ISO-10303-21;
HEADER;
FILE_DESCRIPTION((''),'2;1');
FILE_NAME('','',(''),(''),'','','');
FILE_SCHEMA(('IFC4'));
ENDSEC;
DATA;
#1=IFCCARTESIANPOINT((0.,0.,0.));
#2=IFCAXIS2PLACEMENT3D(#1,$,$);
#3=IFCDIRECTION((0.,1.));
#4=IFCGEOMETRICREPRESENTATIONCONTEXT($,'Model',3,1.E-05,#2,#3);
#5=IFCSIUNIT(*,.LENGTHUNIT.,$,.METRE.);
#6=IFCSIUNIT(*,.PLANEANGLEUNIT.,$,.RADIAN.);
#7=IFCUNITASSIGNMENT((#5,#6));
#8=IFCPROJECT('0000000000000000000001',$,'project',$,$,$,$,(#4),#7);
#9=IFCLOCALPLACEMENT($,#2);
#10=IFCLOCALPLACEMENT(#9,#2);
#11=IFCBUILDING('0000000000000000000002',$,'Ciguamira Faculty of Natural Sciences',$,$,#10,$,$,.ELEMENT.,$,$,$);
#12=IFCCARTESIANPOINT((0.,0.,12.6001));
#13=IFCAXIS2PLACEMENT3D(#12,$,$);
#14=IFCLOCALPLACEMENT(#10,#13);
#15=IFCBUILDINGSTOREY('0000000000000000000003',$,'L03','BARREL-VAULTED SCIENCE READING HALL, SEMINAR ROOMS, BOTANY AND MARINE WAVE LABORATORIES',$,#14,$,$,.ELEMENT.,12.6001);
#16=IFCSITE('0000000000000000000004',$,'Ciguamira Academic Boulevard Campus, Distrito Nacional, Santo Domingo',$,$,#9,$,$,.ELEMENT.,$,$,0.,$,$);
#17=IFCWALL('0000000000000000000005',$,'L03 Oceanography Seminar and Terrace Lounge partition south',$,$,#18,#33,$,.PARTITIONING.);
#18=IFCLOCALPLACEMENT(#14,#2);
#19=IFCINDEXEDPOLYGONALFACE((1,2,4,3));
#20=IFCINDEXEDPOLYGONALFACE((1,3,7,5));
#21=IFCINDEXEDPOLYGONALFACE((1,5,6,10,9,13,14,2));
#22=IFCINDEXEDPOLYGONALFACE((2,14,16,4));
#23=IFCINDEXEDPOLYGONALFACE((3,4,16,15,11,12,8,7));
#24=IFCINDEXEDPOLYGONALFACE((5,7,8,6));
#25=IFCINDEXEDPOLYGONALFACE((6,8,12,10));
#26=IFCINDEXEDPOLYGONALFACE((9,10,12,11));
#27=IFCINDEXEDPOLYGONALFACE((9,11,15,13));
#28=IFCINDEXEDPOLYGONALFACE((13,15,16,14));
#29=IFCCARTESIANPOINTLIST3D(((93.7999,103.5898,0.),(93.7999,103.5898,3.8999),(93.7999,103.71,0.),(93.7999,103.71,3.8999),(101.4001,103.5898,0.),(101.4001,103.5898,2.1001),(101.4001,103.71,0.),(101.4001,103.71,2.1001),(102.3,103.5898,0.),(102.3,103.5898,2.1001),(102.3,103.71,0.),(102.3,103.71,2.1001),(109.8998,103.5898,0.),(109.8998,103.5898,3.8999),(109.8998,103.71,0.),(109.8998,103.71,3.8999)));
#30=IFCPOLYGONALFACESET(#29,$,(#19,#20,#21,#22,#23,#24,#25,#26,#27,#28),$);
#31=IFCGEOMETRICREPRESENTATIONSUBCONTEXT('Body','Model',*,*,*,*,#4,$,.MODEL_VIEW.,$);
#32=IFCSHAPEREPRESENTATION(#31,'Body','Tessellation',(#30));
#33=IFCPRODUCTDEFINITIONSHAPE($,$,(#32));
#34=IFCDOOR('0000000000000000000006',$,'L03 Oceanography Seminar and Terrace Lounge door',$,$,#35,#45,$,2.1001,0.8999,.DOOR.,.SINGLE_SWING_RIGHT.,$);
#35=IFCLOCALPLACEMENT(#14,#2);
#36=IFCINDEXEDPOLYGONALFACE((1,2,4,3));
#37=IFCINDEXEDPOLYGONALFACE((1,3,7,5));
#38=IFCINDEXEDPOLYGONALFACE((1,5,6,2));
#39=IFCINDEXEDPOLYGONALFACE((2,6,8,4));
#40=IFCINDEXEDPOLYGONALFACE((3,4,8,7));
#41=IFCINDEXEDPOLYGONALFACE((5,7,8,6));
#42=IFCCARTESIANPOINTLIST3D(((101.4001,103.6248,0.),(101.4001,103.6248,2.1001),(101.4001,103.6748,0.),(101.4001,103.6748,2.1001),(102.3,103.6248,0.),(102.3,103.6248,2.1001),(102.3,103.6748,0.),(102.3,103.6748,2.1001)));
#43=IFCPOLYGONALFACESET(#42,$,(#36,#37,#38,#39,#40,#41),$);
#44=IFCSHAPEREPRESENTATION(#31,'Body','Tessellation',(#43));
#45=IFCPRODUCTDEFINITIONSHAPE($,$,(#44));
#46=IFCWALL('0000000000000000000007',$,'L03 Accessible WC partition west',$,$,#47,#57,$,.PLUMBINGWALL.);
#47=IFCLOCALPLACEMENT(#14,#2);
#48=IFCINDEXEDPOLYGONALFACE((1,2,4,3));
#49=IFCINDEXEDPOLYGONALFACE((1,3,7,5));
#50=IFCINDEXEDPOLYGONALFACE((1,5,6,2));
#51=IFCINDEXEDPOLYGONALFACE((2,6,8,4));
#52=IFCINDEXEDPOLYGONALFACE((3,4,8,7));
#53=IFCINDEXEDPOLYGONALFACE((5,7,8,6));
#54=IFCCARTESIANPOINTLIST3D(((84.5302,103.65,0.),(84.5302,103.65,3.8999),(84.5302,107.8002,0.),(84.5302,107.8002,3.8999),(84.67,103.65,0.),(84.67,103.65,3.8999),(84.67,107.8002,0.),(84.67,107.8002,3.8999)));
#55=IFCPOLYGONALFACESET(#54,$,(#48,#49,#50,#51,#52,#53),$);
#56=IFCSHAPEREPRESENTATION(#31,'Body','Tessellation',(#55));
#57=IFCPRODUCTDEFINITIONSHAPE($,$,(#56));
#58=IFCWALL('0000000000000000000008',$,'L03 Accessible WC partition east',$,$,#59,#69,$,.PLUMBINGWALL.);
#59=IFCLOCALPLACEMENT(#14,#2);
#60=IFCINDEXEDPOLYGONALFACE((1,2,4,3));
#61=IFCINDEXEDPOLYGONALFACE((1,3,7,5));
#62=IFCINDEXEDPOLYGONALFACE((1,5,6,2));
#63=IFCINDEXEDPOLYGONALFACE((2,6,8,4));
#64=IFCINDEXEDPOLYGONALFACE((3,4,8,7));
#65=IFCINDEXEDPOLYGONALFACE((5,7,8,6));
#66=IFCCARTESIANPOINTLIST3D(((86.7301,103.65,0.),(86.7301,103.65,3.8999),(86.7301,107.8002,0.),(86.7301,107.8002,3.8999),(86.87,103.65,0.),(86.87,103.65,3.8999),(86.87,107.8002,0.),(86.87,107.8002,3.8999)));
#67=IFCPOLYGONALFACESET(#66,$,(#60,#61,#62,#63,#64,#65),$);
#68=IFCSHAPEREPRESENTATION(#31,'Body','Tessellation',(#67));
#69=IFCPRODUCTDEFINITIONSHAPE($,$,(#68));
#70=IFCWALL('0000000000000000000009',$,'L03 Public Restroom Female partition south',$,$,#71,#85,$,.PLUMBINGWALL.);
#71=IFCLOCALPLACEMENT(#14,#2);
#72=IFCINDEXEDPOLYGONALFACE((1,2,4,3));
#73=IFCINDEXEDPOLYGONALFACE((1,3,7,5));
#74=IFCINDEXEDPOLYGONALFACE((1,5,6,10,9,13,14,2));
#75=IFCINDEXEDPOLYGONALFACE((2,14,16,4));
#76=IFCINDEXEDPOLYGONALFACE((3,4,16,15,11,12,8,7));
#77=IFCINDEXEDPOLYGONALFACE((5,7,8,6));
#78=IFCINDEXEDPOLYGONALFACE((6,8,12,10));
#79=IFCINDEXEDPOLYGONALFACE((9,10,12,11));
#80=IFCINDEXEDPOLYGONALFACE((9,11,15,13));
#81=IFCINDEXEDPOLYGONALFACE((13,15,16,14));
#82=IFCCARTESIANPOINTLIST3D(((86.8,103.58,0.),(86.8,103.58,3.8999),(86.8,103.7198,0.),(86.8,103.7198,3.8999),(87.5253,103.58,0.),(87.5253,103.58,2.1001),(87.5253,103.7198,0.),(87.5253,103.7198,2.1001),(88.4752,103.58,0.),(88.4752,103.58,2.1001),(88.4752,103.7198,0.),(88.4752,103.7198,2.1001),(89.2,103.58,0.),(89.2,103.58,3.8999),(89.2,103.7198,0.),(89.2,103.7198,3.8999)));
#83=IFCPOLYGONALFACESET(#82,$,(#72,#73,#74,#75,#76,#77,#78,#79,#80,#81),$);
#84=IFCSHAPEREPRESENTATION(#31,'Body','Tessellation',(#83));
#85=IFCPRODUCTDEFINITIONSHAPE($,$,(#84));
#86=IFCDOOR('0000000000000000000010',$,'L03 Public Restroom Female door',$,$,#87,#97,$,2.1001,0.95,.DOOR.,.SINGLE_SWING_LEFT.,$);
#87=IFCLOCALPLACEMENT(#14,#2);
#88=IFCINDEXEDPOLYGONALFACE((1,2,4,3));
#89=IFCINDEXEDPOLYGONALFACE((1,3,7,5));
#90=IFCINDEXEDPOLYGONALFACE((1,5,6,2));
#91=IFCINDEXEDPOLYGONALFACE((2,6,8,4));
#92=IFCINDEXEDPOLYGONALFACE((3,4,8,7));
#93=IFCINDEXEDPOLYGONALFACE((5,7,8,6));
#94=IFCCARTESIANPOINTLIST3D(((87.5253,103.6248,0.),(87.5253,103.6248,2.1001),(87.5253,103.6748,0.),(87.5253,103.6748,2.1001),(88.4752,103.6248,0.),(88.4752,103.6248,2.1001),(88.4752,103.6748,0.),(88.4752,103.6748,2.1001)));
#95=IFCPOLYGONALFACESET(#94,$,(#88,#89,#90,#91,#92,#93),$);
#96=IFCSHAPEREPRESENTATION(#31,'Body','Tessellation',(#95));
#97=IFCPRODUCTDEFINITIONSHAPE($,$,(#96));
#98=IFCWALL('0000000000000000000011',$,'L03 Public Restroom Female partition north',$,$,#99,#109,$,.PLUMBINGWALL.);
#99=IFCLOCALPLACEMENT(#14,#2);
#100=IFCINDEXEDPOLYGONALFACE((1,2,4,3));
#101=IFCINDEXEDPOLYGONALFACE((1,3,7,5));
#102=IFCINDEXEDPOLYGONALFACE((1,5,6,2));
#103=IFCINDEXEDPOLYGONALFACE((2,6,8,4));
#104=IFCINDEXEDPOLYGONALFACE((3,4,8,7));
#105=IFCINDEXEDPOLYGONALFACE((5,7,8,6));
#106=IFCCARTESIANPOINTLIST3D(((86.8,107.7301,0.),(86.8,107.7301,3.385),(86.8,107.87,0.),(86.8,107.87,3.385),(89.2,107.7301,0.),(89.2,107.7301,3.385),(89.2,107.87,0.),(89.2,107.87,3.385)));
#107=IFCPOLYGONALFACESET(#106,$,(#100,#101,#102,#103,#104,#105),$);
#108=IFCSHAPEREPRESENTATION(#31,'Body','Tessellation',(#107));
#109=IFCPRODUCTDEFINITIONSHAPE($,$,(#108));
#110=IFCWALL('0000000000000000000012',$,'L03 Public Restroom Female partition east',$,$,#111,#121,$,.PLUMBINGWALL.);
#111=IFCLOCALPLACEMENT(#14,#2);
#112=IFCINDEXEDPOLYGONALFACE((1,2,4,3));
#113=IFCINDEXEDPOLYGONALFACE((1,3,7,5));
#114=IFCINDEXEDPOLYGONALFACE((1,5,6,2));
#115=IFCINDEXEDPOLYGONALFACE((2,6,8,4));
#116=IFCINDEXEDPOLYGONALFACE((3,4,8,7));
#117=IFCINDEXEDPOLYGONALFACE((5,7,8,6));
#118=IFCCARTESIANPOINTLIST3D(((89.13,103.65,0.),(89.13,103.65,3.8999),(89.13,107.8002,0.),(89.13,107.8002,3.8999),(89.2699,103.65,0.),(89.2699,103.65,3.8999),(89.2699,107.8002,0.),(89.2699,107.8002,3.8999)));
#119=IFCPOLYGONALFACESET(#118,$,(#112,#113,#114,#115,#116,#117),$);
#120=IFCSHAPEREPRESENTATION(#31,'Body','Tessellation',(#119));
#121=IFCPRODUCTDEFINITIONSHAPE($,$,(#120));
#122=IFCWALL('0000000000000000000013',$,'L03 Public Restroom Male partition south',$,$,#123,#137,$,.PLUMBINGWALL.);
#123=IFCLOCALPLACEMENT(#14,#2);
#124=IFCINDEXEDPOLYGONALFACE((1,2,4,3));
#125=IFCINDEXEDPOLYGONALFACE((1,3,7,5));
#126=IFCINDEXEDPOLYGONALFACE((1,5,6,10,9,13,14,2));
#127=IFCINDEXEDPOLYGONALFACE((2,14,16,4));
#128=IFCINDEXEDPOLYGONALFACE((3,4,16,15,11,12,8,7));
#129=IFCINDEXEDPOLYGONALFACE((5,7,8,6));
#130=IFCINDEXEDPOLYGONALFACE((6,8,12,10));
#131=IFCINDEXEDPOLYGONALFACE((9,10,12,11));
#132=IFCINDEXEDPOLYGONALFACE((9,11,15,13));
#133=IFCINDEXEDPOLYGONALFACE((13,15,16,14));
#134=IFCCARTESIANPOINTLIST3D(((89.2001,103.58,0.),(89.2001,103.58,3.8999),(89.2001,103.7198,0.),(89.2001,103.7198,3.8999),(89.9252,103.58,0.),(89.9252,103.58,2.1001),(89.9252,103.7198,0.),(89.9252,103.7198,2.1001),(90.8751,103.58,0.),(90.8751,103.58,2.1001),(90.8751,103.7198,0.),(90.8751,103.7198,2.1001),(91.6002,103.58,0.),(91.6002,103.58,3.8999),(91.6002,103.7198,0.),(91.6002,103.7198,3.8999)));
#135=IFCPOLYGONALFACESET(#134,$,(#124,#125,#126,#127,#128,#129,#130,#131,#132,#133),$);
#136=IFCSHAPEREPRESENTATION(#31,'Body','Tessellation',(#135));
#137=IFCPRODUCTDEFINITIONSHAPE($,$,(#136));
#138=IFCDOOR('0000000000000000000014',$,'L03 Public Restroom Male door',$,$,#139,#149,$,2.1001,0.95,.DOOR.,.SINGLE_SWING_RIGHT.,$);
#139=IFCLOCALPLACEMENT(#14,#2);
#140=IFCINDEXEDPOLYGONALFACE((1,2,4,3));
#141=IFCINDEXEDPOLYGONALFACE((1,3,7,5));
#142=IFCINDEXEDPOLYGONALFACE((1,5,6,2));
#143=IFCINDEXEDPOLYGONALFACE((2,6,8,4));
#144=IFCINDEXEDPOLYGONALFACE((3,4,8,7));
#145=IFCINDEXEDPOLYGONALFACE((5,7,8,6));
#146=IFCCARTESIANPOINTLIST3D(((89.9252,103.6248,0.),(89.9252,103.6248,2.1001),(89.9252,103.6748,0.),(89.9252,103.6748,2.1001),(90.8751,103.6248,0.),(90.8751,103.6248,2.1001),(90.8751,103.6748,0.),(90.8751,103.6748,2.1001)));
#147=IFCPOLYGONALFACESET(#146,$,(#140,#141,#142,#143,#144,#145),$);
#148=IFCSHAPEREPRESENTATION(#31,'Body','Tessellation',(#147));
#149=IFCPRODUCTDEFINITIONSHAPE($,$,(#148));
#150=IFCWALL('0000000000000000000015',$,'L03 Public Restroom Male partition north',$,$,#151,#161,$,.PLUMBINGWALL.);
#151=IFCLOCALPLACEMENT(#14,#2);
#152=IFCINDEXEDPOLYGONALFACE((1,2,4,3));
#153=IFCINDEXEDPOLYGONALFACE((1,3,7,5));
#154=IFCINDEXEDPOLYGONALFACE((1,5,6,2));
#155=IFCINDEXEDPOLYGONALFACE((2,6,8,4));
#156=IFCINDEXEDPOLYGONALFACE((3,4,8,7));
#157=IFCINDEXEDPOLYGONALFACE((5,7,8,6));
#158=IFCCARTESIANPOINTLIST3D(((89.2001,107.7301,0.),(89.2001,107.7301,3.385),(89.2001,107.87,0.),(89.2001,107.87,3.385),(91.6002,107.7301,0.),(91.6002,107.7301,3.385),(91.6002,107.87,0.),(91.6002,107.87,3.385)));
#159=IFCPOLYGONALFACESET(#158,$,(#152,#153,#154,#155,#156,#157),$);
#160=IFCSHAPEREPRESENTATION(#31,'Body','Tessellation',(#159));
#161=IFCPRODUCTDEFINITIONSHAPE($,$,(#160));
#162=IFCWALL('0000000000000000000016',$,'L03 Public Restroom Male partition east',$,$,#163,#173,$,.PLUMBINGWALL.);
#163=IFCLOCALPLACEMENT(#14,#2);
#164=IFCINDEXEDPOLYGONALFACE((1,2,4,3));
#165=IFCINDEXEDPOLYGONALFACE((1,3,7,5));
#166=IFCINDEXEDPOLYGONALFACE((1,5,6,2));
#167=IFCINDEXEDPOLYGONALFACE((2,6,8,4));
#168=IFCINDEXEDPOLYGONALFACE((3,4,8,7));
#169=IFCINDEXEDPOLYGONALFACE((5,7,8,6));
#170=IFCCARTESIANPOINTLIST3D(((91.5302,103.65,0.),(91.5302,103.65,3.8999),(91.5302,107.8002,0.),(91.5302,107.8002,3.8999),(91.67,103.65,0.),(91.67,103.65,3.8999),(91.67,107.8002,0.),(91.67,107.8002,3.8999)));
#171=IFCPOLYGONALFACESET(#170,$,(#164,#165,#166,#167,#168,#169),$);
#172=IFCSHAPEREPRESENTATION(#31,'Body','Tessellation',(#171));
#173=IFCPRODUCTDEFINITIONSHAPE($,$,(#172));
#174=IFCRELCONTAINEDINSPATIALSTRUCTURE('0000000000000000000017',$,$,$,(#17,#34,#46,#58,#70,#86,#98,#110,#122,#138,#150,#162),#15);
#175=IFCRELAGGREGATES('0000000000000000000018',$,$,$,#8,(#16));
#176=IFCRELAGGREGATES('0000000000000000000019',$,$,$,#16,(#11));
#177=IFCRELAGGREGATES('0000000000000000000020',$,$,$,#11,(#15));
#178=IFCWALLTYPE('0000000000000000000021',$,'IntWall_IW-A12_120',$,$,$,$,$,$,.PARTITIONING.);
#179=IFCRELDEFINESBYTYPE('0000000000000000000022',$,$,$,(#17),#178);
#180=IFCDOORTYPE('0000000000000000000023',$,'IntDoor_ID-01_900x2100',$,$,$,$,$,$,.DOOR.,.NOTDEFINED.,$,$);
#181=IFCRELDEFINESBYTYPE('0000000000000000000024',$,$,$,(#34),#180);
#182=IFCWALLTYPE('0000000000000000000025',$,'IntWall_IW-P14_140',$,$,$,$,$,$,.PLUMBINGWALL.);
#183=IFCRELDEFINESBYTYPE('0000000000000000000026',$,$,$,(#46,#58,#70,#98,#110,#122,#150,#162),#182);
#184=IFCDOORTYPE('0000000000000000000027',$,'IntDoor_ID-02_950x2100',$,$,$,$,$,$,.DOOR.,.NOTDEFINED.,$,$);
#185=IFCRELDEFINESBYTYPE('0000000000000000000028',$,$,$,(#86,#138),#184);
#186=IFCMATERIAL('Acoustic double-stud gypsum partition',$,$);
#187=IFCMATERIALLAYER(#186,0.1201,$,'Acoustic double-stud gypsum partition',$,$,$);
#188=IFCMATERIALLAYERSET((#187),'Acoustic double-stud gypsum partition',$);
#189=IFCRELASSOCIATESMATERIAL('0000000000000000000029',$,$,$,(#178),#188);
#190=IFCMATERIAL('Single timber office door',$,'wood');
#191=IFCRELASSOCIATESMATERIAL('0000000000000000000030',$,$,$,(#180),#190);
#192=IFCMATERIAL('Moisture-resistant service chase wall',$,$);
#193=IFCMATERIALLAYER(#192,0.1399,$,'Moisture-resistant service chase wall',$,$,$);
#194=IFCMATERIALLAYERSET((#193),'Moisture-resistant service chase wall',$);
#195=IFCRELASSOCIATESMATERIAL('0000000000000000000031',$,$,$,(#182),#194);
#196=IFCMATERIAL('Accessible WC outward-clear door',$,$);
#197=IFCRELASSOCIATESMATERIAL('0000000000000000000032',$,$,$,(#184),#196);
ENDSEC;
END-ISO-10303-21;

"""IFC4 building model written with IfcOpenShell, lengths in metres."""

from ifc_helpers import new_model, si_unit, direction, frame, frame_2d, origin, place, context, subcontext, project, spatial, rectangle, extrude, material, layer, layer_set, type_object, element, fill, save


model = new_model("IFC4")

# Units and contexts
model_context = context("Model", 3, precision=1e-05, world=origin(), true_north=direction((0.0, 1.0)))
body_context = subcontext(model_context, "Body", "Model", "MODEL_VIEW")
ifc_project = project(units=[si_unit("LENGTHUNIT", "METRE"), si_unit("PLANEANGLEUNIT", "RADIAN")], contexts=[model_context])

# Site, building, storey
site_placement = place(None, origin())
site = spatial("IfcSite", under=ifc_project, at=site_placement, Name="Ciguamira Academic Boulevard Campus, Distrito Nacional, Santo Domingo", CompositionType="ELEMENT", RefElevation=0.0)
building_placement = place(site_placement, origin())
building = spatial("IfcBuilding", under=site, at=building_placement, Name="Ciguamira Faculty of Natural Sciences", CompositionType="ELEMENT")
storey_placement = place(building_placement, frame((0.0, 0.0, 12.6001)))
storey = spatial("IfcBuildingStorey", under=building, at=storey_placement, Name="L03", Description="BARREL-VAULTED SCIENCE READING HALL, SEMINAR ROOMS, BOTANY AND MARINE WAVE LABORATORIES", CompositionType="ELEMENT", Elevation=12.6001)

# Wall, opening, door
ifc_material_1 = material(Name="Acoustic double-stud gypsum partition")
ifc_layer_1 = layer(ifc_material_1, 0.1201, Name="Acoustic double-stud gypsum partition")
ifc_layer_set_1 = layer_set([ifc_layer_1], Name="Acoustic double-stud gypsum partition")
wall_type_1 = type_object("IfcWallType", Name="IntWall_IW-A12_120", PredefinedType="PARTITIONING", material=ifc_layer_set_1)
wall_1_placement = place(storey_placement, frame((93.8, 103.6499, 0.0), z_axis=(0.0, 0.0, 1.0), x_axis=(1.0, 0.0, 0.0)))
wall_1 = element("IfcWall", 1, at=wall_1_placement, inside=storey, type_object=wall_type_1, Name="L03 Oceanography Seminar and Terrace Lounge partition south", PredefinedType="PARTITIONING", context=body_context, shape_type="SweptSolid", body=[
    extrude(rectangle(XDim=16.0999, YDim=0.1201, at=frame_2d((8.0498, 0.0))), origin(), (0.0, 0.0, 1.0), 3.8999),
])
opening_1_placement = place(wall_1_placement, frame((7.6001, 0.0, 0.0)))
opening_1 = element("IfcOpeningElement", 2, at=opening_1_placement, cuts=wall_1, PredefinedType="OPENING", context=body_context, shape_type="SweptSolid", body=[
    extrude(rectangle(XDim=0.8999, YDim=2.1001, at=frame_2d((0.45, 1.05))), frame((0.0, 0.0701, 0.0), z_axis=(0.0, -1.0, 0.0), x_axis=(1.0, 0.0, 0.0)), (0.0, 0.0, 1.0), 0.1401),
])
ifc_material_2 = material(Name="Single timber office door", Category="wood")
door_type_1 = type_object("IfcDoorType", Name="IntDoor_ID-01_900x2100", OperationType="NOTDEFINED", PredefinedType="DOOR", material=ifc_material_2)
door_1_placement = place(opening_1_placement, origin())
door_1 = element("IfcDoor", 3, at=door_1_placement, inside=storey, type_object=door_type_1, Name="L03 Oceanography Seminar and Terrace Lounge door", OperationType="SINGLE_SWING_RIGHT", OverallHeight=2.1001, OverallWidth=0.8999, PredefinedType="DOOR", context=body_context, shape_type="SweptSolid", body=[
    extrude(rectangle(XDim=0.8999, YDim=2.1001, at=frame_2d((0.45, 1.05))), frame((0.0, 0.0249, 0.0), z_axis=(0.0, -1.0, 0.0), x_axis=(1.0, 0.0, 0.0)), (0.0, 0.0, 1.0), 0.05),
])
fill(opening_1, door_1)

# Walls
ifc_material_3 = material(Name="Moisture-resistant service chase wall")
ifc_layer_2 = layer(ifc_material_3, 0.1399, Name="Moisture-resistant service chase wall")
ifc_layer_set_2 = layer_set([ifc_layer_2], Name="Moisture-resistant service chase wall")
wall_type_2 = type_object("IfcWallType", Name="IntWall_IW-P14_140", PredefinedType="PLUMBINGWALL", material=ifc_layer_set_2)
for number, where, z_axis, x_axis, name in (
    (4, (84.6001, 103.6499, 0.0), (0.0, 0.0, 1.0), (0.0, 1.0, 0.0), "L03 Accessible WC partition west"),
    (5, (86.8, 103.6499, 0.0), (0.0, 0.0, 1.0), (0.0, 1.0, 0.0), "L03 Accessible WC partition east"),
):
    element("IfcWall", number, at=place(storey_placement, frame(where, z_axis=z_axis, x_axis=x_axis)), inside=storey, type_object=wall_type_2, Name=name, PredefinedType="PLUMBINGWALL", context=body_context, shape_type="SweptSolid", body=[
        extrude(rectangle(XDim=4.1501, YDim=0.1399, at=frame_2d((2.0752, 0.0))), origin(), (0.0, 0.0, 1.0), 3.8999),
    ])

# Wall, opening, door
wall_2_placement = place(storey_placement, frame((86.8, 103.6499, 0.0), z_axis=(0.0, 0.0, 1.0), x_axis=(1.0, 0.0, 0.0)))
wall_2 = element("IfcWall", 6, at=wall_2_placement, inside=storey, type_object=wall_type_2, Name="L03 Public Restroom Female partition south", PredefinedType="PLUMBINGWALL", context=body_context, shape_type="SweptSolid", body=[
    extrude(rectangle(XDim=2.3999, YDim=0.1399, at=frame_2d((1.2, 0.0))), origin(), (0.0, 0.0, 1.0), 3.8999),
])
opening_2_placement = place(wall_2_placement, frame((0.7251, 0.0, 0.0)))
opening_2 = element("IfcOpeningElement", 7, at=opening_2_placement, cuts=wall_2, PredefinedType="OPENING", context=body_context, shape_type="SweptSolid", body=[
    extrude(rectangle(XDim=0.95, YDim=2.1001, at=frame_2d((0.4751, 1.05))), frame((0.0, 0.0798, 0.0), z_axis=(0.0, -1.0, 0.0), x_axis=(1.0, 0.0, 0.0)), (0.0, 0.0, 1.0), 0.1599),
])
ifc_material_4 = material(Name="Accessible WC outward-clear door")
door_type_2 = type_object("IfcDoorType", Name="IntDoor_ID-02_950x2100", OperationType="NOTDEFINED", PredefinedType="DOOR", material=ifc_material_4)
door_2_placement = place(opening_2_placement, origin())
door_2 = element("IfcDoor", 8, at=door_2_placement, inside=storey, type_object=door_type_2, Name="L03 Public Restroom Female door", OperationType="SINGLE_SWING_LEFT", OverallHeight=2.1001, OverallWidth=0.95, PredefinedType="DOOR", context=body_context, shape_type="SweptSolid", body=[
    extrude(rectangle(XDim=0.95, YDim=2.1001, at=frame_2d((0.4751, 1.05))), frame((0.0, 0.0249, 0.0), z_axis=(0.0, -1.0, 0.0), x_axis=(1.0, 0.0, 0.0)), (0.0, 0.0, 1.0), 0.05),
])
fill(opening_2, door_2)

# Walls
wall_3_placement = place(storey_placement, frame((86.8, 107.8, 0.0), z_axis=(0.0, 0.0, 1.0), x_axis=(1.0, 0.0, 0.0)))
element("IfcWall", 9, at=wall_3_placement, inside=storey, type_object=wall_type_2, Name="L03 Public Restroom Female partition north", PredefinedType="PLUMBINGWALL", context=body_context, shape_type="SweptSolid", body=[
    extrude(rectangle(XDim=2.3999, YDim=0.1399, at=frame_2d((1.2, 0.0))), origin(), (0.0, 0.0, 1.0), 3.385),
])
wall_4_placement = place(storey_placement, frame((89.2, 103.6499, 0.0), z_axis=(0.0, 0.0, 1.0), x_axis=(0.0, 1.0, 0.0)))
element("IfcWall", 10, at=wall_4_placement, inside=storey, type_object=wall_type_2, Name="L03 Public Restroom Female partition east", PredefinedType="PLUMBINGWALL", context=body_context, shape_type="SweptSolid", body=[
    extrude(rectangle(XDim=4.1501, YDim=0.1399, at=frame_2d((2.0752, 0.0))), origin(), (0.0, 0.0, 1.0), 3.8999),
])

# Wall, opening, door
wall_5_placement = place(storey_placement, frame((89.2, 103.6499, 0.0), z_axis=(0.0, 0.0, 1.0), x_axis=(1.0, 0.0, 0.0)))
wall_5 = element("IfcWall", 11, at=wall_5_placement, inside=storey, type_object=wall_type_2, Name="L03 Public Restroom Male partition south", PredefinedType="PLUMBINGWALL", context=body_context, shape_type="SweptSolid", body=[
    extrude(rectangle(XDim=2.4001, YDim=0.1399, at=frame_2d((1.2002, 0.0))), origin(), (0.0, 0.0, 1.0), 3.8999),
])
opening_3_placement = place(wall_5_placement, frame((0.7251, 0.0, 0.0)))
opening_3 = element("IfcOpeningElement", 12, at=opening_3_placement, cuts=wall_5, PredefinedType="OPENING", context=body_context, shape_type="SweptSolid", body=[
    extrude(rectangle(XDim=0.95, YDim=2.1001, at=frame_2d((0.4751, 1.05))), frame((0.0, 0.0798, 0.0), z_axis=(0.0, -1.0, 0.0), x_axis=(1.0, 0.0, 0.0)), (0.0, 0.0, 1.0), 0.1599),
])
door_3_placement = place(opening_3_placement, origin())
door_3 = element("IfcDoor", 13, at=door_3_placement, inside=storey, type_object=door_type_2, Name="L03 Public Restroom Male door", OperationType="SINGLE_SWING_RIGHT", OverallHeight=2.1001, OverallWidth=0.95, PredefinedType="DOOR", context=body_context, shape_type="SweptSolid", body=[
    extrude(rectangle(XDim=0.95, YDim=2.1001, at=frame_2d((0.4751, 1.05))), frame((0.0, 0.0249, 0.0), z_axis=(0.0, -1.0, 0.0), x_axis=(1.0, 0.0, 0.0)), (0.0, 0.0, 1.0), 0.05),
])
fill(opening_3, door_3)

# Walls
wall_6_placement = place(storey_placement, frame((89.2, 107.8, 0.0), z_axis=(0.0, 0.0, 1.0), x_axis=(1.0, 0.0, 0.0)))
element("IfcWall", 14, at=wall_6_placement, inside=storey, type_object=wall_type_2, Name="L03 Public Restroom Male partition north", PredefinedType="PLUMBINGWALL", context=body_context, shape_type="SweptSolid", body=[
    extrude(rectangle(XDim=2.4001, YDim=0.1399, at=frame_2d((1.2002, 0.0))), origin(), (0.0, 0.0, 1.0), 3.385),
])
wall_7_placement = place(storey_placement, frame((91.6001, 103.6499, 0.0), z_axis=(0.0, 0.0, 1.0), x_axis=(0.0, 1.0, 0.0)))
element("IfcWall", 15, at=wall_7_placement, inside=storey, type_object=wall_type_2, Name="L03 Public Restroom Male partition east", PredefinedType="PLUMBINGWALL", context=body_context, shape_type="SweptSolid", body=[
    extrude(rectangle(XDim=4.1501, YDim=0.1399, at=frame_2d((2.0752, 0.0))), origin(), (0.0, 0.0, 1.0), 3.8999),
])

save(model, "model.ifc")
